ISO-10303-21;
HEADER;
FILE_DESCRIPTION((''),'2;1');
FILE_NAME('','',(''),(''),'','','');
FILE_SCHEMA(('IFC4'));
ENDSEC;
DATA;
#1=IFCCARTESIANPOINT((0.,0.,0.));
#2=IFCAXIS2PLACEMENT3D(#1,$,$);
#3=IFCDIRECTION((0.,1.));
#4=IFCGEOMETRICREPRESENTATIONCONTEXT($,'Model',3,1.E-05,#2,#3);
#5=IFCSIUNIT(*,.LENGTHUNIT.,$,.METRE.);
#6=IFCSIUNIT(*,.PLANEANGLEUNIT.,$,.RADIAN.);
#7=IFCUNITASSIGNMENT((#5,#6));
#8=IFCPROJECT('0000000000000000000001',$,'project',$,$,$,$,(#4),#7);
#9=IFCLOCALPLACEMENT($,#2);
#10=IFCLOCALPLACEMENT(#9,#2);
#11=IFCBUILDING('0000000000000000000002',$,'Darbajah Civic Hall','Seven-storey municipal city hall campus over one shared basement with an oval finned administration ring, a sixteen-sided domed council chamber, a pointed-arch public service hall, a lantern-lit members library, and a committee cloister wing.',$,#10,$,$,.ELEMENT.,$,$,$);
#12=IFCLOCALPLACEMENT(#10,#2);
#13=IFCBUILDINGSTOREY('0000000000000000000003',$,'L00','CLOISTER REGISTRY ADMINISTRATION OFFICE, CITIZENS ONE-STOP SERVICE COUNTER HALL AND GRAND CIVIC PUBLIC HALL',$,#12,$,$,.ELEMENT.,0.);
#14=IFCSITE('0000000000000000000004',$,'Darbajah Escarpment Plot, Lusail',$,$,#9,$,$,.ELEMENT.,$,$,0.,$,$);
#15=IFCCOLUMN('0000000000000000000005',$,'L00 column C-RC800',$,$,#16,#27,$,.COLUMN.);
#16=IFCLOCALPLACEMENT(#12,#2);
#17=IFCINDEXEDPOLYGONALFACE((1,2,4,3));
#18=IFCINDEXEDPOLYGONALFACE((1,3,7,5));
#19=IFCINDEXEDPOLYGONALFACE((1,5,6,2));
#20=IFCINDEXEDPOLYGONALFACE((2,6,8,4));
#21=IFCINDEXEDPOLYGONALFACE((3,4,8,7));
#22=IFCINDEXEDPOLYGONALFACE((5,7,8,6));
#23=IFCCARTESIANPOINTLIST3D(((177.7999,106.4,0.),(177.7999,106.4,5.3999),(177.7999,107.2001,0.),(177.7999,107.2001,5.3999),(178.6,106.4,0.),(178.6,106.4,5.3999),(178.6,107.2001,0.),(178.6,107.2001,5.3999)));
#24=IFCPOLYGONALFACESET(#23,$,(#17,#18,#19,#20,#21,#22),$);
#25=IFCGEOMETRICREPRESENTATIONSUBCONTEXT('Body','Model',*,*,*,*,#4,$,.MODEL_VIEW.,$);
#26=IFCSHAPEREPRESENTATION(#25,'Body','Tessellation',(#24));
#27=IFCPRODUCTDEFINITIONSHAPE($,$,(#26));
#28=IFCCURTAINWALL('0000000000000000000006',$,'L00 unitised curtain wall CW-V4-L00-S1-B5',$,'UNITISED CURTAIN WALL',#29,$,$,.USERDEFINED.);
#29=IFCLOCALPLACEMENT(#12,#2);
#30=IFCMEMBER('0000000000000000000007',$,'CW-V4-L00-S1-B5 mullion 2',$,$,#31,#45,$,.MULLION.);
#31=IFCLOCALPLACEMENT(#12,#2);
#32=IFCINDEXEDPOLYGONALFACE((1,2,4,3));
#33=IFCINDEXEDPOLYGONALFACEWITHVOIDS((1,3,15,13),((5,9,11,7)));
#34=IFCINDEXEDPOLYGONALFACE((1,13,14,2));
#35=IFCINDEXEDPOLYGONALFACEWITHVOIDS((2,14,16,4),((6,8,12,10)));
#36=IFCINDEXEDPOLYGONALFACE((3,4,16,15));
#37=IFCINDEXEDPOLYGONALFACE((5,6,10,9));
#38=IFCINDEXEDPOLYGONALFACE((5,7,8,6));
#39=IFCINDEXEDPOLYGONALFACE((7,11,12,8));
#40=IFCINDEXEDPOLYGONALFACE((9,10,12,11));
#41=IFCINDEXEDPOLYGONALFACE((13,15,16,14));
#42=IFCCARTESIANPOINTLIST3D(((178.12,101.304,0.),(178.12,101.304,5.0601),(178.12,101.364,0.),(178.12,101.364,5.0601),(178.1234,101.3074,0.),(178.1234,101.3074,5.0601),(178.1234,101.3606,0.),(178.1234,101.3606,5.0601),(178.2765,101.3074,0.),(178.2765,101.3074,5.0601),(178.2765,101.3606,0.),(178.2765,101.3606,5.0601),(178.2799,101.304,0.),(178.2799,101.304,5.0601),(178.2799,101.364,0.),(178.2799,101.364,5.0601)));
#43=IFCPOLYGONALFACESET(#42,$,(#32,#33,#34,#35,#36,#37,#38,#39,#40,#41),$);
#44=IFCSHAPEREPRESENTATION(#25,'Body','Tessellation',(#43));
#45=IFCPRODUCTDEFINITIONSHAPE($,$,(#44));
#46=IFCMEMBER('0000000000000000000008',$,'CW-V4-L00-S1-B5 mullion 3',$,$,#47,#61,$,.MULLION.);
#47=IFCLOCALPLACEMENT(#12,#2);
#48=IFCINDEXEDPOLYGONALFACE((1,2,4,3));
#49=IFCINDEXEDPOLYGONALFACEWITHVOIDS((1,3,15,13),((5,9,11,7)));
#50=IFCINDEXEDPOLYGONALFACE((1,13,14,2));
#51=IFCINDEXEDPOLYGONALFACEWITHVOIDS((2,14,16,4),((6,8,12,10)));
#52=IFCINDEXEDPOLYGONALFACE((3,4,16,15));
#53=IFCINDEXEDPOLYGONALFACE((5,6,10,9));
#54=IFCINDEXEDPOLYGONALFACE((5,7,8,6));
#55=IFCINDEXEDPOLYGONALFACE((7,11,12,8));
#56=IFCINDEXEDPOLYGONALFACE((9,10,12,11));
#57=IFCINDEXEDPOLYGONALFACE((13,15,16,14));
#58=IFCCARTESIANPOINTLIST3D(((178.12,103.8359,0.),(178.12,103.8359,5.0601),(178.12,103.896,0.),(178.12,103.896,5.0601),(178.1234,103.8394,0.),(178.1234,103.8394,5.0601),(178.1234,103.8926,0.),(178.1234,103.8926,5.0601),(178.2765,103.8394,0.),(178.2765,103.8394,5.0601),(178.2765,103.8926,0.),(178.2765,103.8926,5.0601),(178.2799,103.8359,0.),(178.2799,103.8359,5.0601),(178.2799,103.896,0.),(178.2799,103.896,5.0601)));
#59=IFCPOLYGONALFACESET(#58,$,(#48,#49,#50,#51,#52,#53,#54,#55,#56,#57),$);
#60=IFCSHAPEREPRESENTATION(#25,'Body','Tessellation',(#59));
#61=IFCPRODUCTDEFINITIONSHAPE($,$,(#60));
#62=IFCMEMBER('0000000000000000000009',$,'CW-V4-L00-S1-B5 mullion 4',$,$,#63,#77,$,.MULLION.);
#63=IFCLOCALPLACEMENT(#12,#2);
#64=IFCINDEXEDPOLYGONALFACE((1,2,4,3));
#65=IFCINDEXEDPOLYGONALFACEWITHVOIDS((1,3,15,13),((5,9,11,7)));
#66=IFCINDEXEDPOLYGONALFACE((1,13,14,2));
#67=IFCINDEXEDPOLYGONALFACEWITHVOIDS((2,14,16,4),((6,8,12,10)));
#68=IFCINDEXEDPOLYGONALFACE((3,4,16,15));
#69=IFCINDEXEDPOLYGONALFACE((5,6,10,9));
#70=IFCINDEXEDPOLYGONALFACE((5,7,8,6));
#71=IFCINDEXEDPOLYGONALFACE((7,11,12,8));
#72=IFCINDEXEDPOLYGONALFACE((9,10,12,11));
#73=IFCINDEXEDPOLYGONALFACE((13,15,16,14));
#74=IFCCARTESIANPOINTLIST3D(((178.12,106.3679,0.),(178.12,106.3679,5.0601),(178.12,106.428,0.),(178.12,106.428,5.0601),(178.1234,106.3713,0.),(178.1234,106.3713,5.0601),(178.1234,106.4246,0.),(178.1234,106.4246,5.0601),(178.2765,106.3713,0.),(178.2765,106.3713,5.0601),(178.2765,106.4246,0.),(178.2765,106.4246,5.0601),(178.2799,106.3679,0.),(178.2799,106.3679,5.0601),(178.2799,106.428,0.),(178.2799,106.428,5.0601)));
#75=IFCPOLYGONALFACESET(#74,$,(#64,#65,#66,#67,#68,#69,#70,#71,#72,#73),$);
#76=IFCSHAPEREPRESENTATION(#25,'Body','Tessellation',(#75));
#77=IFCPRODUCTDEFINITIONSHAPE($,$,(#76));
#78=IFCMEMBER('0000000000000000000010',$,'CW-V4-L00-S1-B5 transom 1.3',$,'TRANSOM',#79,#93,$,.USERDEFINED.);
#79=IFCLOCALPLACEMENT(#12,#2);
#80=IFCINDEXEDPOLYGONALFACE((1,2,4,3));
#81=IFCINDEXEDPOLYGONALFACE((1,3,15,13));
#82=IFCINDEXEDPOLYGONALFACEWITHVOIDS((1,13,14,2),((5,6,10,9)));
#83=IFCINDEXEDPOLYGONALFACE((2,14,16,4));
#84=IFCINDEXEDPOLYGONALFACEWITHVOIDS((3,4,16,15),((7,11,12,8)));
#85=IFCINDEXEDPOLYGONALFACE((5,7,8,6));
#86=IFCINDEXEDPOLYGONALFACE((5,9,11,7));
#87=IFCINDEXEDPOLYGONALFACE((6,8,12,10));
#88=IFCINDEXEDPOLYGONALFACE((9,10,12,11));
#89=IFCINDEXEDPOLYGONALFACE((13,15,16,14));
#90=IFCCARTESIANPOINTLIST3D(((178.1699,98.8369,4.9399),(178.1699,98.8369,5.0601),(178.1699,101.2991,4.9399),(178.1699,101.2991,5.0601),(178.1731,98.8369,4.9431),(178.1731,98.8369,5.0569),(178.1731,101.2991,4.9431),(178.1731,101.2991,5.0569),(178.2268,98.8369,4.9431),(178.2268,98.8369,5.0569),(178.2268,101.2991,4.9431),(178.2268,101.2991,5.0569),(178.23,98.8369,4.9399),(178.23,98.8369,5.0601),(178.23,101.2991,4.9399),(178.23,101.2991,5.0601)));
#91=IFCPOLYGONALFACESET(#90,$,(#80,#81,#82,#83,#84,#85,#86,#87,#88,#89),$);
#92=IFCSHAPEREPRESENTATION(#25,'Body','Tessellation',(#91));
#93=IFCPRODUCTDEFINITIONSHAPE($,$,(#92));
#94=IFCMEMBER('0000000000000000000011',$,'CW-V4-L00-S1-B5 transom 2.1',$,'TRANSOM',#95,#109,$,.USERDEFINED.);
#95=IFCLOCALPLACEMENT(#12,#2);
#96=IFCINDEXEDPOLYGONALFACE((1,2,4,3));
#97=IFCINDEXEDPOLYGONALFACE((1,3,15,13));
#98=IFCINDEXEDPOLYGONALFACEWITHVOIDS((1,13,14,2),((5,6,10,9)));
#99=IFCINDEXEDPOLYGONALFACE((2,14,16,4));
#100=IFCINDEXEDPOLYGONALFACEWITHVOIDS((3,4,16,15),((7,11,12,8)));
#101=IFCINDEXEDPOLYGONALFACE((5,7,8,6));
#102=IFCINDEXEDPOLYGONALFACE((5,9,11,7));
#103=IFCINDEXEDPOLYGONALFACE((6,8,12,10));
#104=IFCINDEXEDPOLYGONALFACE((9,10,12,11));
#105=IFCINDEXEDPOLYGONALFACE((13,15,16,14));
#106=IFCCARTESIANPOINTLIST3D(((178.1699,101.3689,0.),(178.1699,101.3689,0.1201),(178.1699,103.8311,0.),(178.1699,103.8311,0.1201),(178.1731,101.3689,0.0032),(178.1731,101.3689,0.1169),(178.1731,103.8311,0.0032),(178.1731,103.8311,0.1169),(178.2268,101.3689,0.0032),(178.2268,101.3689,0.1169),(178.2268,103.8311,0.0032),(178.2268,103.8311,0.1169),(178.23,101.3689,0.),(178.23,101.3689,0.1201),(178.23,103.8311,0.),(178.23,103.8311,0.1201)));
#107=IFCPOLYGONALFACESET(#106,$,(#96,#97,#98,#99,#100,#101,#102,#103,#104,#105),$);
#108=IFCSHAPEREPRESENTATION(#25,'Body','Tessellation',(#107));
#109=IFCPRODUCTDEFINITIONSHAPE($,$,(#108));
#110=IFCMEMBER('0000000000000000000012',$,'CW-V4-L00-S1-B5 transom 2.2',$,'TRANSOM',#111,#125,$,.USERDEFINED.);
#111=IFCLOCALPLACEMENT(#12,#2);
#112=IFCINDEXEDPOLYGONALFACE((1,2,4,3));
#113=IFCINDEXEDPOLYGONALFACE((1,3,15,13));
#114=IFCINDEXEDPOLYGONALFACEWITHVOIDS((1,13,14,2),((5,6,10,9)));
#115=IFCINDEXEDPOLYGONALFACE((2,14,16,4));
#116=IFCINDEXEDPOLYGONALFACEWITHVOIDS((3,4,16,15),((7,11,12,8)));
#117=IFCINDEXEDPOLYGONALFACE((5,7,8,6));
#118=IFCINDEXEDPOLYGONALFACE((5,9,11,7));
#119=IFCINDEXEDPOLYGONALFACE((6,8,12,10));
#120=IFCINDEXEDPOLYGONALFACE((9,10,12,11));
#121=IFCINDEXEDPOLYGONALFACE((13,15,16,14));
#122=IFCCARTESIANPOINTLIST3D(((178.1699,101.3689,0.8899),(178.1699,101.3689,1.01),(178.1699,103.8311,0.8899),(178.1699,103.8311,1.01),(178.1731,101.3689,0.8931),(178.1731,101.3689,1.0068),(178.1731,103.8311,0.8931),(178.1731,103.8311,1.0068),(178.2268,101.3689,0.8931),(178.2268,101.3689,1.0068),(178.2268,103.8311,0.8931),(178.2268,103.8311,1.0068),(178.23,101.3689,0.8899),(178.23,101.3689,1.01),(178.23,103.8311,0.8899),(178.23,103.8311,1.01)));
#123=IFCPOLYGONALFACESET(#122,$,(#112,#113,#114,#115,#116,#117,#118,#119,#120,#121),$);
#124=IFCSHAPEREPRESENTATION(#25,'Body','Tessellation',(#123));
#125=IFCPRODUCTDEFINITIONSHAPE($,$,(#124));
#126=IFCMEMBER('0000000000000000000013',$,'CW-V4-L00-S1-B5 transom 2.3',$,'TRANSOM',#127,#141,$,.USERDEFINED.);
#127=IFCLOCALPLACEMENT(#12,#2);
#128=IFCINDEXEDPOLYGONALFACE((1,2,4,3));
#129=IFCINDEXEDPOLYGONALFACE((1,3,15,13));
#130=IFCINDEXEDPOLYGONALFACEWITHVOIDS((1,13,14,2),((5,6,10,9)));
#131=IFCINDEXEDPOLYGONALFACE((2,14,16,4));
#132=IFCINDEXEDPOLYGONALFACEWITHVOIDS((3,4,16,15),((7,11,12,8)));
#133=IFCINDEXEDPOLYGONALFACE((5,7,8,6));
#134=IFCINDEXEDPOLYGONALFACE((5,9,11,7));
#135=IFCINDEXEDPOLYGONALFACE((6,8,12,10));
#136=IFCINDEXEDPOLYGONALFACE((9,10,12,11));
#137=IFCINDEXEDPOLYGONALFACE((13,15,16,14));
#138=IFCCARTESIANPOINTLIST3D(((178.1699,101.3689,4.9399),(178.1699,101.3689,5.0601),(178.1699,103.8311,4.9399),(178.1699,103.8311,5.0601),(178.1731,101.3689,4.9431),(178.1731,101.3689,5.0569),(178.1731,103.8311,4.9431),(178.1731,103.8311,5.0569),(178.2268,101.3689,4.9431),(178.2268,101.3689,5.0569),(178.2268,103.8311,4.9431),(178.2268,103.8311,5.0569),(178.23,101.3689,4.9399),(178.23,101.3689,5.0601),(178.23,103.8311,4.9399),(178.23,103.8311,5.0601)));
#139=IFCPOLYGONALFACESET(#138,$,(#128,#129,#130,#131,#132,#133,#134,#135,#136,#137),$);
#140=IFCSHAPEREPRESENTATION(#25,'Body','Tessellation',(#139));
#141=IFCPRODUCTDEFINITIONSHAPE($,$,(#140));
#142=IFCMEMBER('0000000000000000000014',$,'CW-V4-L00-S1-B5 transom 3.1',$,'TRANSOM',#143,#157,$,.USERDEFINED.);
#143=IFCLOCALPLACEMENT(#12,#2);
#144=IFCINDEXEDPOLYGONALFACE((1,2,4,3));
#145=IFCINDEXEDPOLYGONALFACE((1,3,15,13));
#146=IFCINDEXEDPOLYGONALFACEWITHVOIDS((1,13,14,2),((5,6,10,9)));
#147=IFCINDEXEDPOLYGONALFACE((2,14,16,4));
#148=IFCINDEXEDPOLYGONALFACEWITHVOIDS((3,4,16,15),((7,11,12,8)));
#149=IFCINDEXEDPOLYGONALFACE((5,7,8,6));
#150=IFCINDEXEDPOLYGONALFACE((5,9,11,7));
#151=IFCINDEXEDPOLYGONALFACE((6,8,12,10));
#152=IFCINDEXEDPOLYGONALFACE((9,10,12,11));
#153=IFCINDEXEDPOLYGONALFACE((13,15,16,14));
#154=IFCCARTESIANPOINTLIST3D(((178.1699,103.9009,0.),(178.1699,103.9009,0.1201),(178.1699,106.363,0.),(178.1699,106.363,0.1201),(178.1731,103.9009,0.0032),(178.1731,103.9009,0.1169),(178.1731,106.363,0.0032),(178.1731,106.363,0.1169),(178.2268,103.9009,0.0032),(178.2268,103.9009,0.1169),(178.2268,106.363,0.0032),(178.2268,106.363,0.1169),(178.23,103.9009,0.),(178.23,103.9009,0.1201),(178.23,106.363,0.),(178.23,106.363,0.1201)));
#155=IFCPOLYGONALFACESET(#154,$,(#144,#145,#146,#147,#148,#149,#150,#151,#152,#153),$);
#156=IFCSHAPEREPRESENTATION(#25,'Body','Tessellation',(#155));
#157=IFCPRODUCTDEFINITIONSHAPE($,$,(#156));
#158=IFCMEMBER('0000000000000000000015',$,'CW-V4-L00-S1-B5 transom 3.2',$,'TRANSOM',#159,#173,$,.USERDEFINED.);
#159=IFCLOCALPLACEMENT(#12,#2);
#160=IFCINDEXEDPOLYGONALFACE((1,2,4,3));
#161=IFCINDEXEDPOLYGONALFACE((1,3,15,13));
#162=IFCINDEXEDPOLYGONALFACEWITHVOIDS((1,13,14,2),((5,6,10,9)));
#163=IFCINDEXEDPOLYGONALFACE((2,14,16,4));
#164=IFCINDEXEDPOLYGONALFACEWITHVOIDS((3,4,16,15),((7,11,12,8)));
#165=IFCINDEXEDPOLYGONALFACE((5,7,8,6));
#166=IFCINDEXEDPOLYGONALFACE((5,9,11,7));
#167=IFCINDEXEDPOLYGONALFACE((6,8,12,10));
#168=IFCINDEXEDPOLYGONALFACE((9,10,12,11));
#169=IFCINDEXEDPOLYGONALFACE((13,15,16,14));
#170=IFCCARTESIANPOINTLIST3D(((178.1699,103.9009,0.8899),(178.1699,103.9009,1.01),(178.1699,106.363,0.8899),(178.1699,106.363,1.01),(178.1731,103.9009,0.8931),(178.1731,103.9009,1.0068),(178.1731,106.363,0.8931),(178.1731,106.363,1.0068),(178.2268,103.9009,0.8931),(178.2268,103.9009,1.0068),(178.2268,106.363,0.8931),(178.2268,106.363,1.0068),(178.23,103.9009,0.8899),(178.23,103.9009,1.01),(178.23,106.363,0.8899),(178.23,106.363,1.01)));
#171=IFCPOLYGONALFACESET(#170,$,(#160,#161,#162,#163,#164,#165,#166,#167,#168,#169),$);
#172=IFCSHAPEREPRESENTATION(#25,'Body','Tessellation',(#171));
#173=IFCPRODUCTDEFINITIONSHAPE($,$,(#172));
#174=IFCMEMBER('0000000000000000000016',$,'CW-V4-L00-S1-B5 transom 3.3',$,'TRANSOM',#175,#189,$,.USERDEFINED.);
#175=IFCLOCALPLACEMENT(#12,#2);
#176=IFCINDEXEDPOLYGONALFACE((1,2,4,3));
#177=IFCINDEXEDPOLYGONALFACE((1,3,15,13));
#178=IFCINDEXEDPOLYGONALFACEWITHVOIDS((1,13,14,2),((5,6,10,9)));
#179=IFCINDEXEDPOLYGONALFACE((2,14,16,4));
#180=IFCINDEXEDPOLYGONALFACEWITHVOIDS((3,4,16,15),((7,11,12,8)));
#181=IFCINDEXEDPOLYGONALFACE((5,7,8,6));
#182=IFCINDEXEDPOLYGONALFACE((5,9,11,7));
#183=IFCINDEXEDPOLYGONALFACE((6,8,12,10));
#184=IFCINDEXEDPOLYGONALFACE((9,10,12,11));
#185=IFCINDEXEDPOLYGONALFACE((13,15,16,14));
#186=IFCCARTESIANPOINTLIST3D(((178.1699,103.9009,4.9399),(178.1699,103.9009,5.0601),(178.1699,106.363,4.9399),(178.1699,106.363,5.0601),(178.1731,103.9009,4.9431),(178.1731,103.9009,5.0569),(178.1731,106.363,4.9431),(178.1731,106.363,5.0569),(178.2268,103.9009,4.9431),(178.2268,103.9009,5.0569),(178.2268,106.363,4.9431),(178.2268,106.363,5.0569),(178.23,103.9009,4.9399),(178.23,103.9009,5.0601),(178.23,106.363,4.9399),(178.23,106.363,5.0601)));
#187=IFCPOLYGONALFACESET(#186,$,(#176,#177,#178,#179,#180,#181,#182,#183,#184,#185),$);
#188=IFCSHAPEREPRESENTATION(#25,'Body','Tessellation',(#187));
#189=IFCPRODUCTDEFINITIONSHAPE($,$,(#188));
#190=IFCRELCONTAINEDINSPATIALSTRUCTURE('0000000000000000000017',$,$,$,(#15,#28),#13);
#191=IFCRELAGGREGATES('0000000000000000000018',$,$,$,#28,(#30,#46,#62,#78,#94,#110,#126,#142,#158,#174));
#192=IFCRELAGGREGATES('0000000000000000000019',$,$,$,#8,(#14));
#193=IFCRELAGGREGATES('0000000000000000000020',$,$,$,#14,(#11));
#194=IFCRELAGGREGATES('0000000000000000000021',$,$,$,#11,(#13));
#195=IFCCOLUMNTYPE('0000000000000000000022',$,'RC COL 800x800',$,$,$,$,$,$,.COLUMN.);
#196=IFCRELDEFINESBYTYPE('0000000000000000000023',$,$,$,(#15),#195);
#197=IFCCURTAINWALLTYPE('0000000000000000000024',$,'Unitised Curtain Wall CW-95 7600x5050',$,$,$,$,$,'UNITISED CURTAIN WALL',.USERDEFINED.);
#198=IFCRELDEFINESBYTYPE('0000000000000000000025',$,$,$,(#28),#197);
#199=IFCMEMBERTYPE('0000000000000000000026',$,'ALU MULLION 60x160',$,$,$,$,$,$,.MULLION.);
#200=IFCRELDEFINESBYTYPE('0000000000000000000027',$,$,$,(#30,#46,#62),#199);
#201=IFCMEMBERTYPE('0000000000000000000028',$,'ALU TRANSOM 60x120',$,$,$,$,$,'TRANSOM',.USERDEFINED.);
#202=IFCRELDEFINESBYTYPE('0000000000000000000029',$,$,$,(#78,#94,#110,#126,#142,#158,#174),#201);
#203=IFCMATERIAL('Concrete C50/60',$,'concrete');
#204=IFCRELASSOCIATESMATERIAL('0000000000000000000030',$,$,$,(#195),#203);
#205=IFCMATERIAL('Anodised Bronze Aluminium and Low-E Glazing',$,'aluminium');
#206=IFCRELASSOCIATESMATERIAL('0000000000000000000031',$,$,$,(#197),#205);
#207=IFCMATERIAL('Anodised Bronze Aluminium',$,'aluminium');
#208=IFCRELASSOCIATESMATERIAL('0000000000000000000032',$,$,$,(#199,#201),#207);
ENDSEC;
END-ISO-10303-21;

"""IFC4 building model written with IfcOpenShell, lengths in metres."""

from ifc_helpers import new_model, si_unit, direction, frame, origin, origin_2d, place, context, subcontext, project, spatial, rectangle, hollow_rectangle, extrude, material, material_profile, profile_set, type_object, element, aggregate, save


model = new_model("IFC4")

# Units and contexts
model_context = context("Model", 3, precision=1e-05, world=origin(), true_north=direction((0.0, 1.0)))
body_context = subcontext(model_context, "Body", "Model", "MODEL_VIEW")
ifc_project = project(units=[si_unit("LENGTHUNIT", "METRE"), si_unit("PLANEANGLEUNIT", "RADIAN")], contexts=[model_context])

# Site, building, storey
site_placement = place(None, origin())
site = spatial("IfcSite", under=ifc_project, at=site_placement, Name="Darbajah Escarpment Plot, Lusail", CompositionType="ELEMENT", RefElevation=0.0)
building_placement = place(site_placement, origin())
building = spatial("IfcBuilding", under=site, at=building_placement, Name="Darbajah Civic Hall", Description="Seven-storey municipal city hall campus over one shared basement with an oval finned administration ring, a sixteen-sided domed council chamber, a pointed-arch public service hall, a lantern-lit members library, and a committee cloister wing.", CompositionType="ELEMENT")
storey_placement = place(building_placement, origin())
storey = spatial("IfcBuildingStorey", under=building, at=storey_placement, Name="L00", Description="CLOISTER REGISTRY ADMINISTRATION OFFICE, CITIZENS ONE-STOP SERVICE COUNTER HALL AND GRAND CIVIC PUBLIC HALL", CompositionType="ELEMENT", Elevation=0.0)

# Column
ifc_material_1 = material(Name="Concrete C50/60", Category="concrete")
ifc_material_profile_1 = material_profile(ifc_material_1, rectangle(XDim=0.8, YDim=0.8, at=origin_2d()), Name="RC COL 800x800")
ifc_profile_set_1 = profile_set([ifc_material_profile_1], Name="Concrete C50/60")
column_type = type_object("IfcColumnType", Name="RC COL 800x800", PredefinedType="COLUMN", material=ifc_profile_set_1)
column_placement = place(storey_placement, frame((178.2, 106.8, 0.0), z_axis=(0.0, 0.0, 1.0), x_axis=(1.0, 0.0, 0.0)))
element("IfcColumn", 1, at=column_placement, inside=storey, type_object=column_type, Name="L00 column C-RC800", PredefinedType="COLUMN", context=body_context, shape_type="SweptSolid", body=[
    extrude(rectangle(XDim=0.8, YDim=0.8, at=origin_2d()), origin(), (0.0, 0.0, 1.0), 5.3999),
])

# Curtain wall, members
ifc_material_2 = material(Name="Anodised Bronze Aluminium and Low-E Glazing", Category="aluminium")
curtain_wall_type = type_object("IfcCurtainWallType", Name="Unitised Curtain Wall CW-95 7600x5050", ElementType="UNITISED CURTAIN WALL", PredefinedType="USERDEFINED", material=ifc_material_2)
curtain_wall_placement = place(storey_placement, origin())
curtain_wall = element("IfcCurtainWall", 2, at=curtain_wall_placement, inside=storey, type_object=curtain_wall_type, Name="L00 unitised curtain wall CW-V4-L00-S1-B5", ObjectType="UNITISED CURTAIN WALL", PredefinedType="USERDEFINED")
ifc_material_3 = material(Name="Anodised Bronze Aluminium", Category="aluminium")
ifc_material_profile_2 = material_profile(ifc_material_3, hollow_rectangle(XDim=0.0601, YDim=0.1599, WallThickness=0.0034, at=origin_2d()), Name="ALU MULLION 60x160")
ifc_profile_set_2 = profile_set([ifc_material_profile_2], Name="Anodised Bronze Aluminium")
member_type_1 = type_object("IfcMemberType", Name="ALU MULLION 60x160", PredefinedType="MULLION", material=ifc_profile_set_2)
member_1_placement = place(storey_placement, frame((178.2, 101.334, 0.0), z_axis=(0.0, 0.0, 1.0), x_axis=(0.0, 1.0, 0.0)))
member_1 = element("IfcMember", 3, at=member_1_placement, type_object=member_type_1, Name="CW-V4-L00-S1-B5 mullion 2", PredefinedType="MULLION", context=body_context, shape_type="SweptSolid", body=[
    extrude(hollow_rectangle(XDim=0.0601, YDim=0.1599, WallThickness=0.0034, at=origin_2d()), origin(), (0.0, 0.0, 1.0), 5.0601),
])
member_2_placement = place(storey_placement, frame((178.2, 103.866, 0.0), z_axis=(0.0, 0.0, 1.0), x_axis=(0.0, 1.0, 0.0)))
member_2 = element("IfcMember", 4, at=member_2_placement, type_object=member_type_1, Name="CW-V4-L00-S1-B5 mullion 3", PredefinedType="MULLION", context=body_context, shape_type="SweptSolid", body=[
    extrude(hollow_rectangle(XDim=0.0601, YDim=0.1599, WallThickness=0.0034, at=origin_2d()), origin(), (0.0, 0.0, 1.0), 5.0601),
])
member_3_placement = place(storey_placement, frame((178.2, 106.3979, 0.0), z_axis=(0.0, 0.0, 1.0), x_axis=(0.0, 1.0, 0.0)))
member_3 = element("IfcMember", 5, at=member_3_placement, type_object=member_type_1, Name="CW-V4-L00-S1-B5 mullion 4", PredefinedType="MULLION", context=body_context, shape_type="SweptSolid", body=[
    extrude(hollow_rectangle(XDim=0.0601, YDim=0.1599, WallThickness=0.0034, at=origin_2d()), origin(), (0.0, 0.0, 1.0), 5.0601),
])
ifc_material_profile_3 = material_profile(ifc_material_3, hollow_rectangle(XDim=0.0601, YDim=0.1201, WallThickness=0.0032, at=origin_2d()), Name="ALU TRANSOM 60x120")
ifc_profile_set_3 = profile_set([ifc_material_profile_3], Name="Anodised Bronze Aluminium")
member_type_2 = type_object("IfcMemberType", Name="ALU TRANSOM 60x120", ElementType="TRANSOM", PredefinedType="USERDEFINED", material=ifc_profile_set_3)
member_4_placement = place(storey_placement, frame((178.2, 98.8369, 5.0), z_axis=(0.0, 1.0, 0.0), x_axis=(-1.0, 0.0, 0.0)))
member_4 = element("IfcMember", 6, at=member_4_placement, type_object=member_type_2, Name="CW-V4-L00-S1-B5 transom 1.3", ObjectType="TRANSOM", PredefinedType="USERDEFINED", context=body_context, shape_type="SweptSolid", body=[
    extrude(hollow_rectangle(XDim=0.0601, YDim=0.1201, WallThickness=0.0032, at=origin_2d()), origin(), (0.0, 0.0, 1.0), 2.4622),
])
member_5_placement = place(storey_placement, frame((178.2, 101.3689, 0.0601), z_axis=(0.0, 1.0, 0.0), x_axis=(-1.0, 0.0, 0.0)))
member_5 = element("IfcMember", 7, at=member_5_placement, type_object=member_type_2, Name="CW-V4-L00-S1-B5 transom 2.1", ObjectType="TRANSOM", PredefinedType="USERDEFINED", context=body_context, shape_type="SweptSolid", body=[
    extrude(hollow_rectangle(XDim=0.0601, YDim=0.1201, WallThickness=0.0032, at=origin_2d()), origin(), (0.0, 0.0, 1.0), 2.4622),
])
member_6_placement = place(storey_placement, frame((178.2, 101.3689, 0.95), z_axis=(0.0, 1.0, 0.0), x_axis=(-1.0, 0.0, 0.0)))
member_6 = element("IfcMember", 8, at=member_6_placement, type_object=member_type_2, Name="CW-V4-L00-S1-B5 transom 2.2", ObjectType="TRANSOM", PredefinedType="USERDEFINED", context=body_context, shape_type="SweptSolid", body=[
    extrude(hollow_rectangle(XDim=0.0601, YDim=0.1201, WallThickness=0.0032, at=origin_2d()), origin(), (0.0, 0.0, 1.0), 2.4622),
])
member_7_placement = place(storey_placement, frame((178.2, 101.3689, 5.0), z_axis=(0.0, 1.0, 0.0), x_axis=(-1.0, 0.0, 0.0)))
member_7 = element("IfcMember", 9, at=member_7_placement, type_object=member_type_2, Name="CW-V4-L00-S1-B5 transom 2.3", ObjectType="TRANSOM", PredefinedType="USERDEFINED", context=body_context, shape_type="SweptSolid", body=[
    extrude(hollow_rectangle(XDim=0.0601, YDim=0.1201, WallThickness=0.0032, at=origin_2d()), origin(), (0.0, 0.0, 1.0), 2.4622),
])
member_8_placement = place(storey_placement, frame((178.2, 103.9009, 0.0601), z_axis=(0.0, 1.0, 0.0), x_axis=(-1.0, 0.0, 0.0)))
member_8 = element("IfcMember", 10, at=member_8_placement, type_object=member_type_2, Name="CW-V4-L00-S1-B5 transom 3.1", ObjectType="TRANSOM", PredefinedType="USERDEFINED", context=body_context, shape_type="SweptSolid", body=[
    extrude(hollow_rectangle(XDim=0.0601, YDim=0.1201, WallThickness=0.0032, at=origin_2d()), origin(), (0.0, 0.0, 1.0), 2.4622),
])
member_9_placement = place(storey_placement, frame((178.2, 103.9009, 0.95), z_axis=(0.0, 1.0, 0.0), x_axis=(-1.0, 0.0, 0.0)))
member_9 = element("IfcMember", 11, at=member_9_placement, type_object=member_type_2, Name="CW-V4-L00-S1-B5 transom 3.2", ObjectType="TRANSOM", PredefinedType="USERDEFINED", context=body_context, shape_type="SweptSolid", body=[
    extrude(hollow_rectangle(XDim=0.0601, YDim=0.1201, WallThickness=0.0032, at=origin_2d()), origin(), (0.0, 0.0, 1.0), 2.4622),
])
member_10_placement = place(storey_placement, frame((178.2, 103.9009, 5.0), z_axis=(0.0, 1.0, 0.0), x_axis=(-1.0, 0.0, 0.0)))
member_10 = element("IfcMember", 12, at=member_10_placement, type_object=member_type_2, Name="CW-V4-L00-S1-B5 transom 3.3", ObjectType="TRANSOM", PredefinedType="USERDEFINED", context=body_context, shape_type="SweptSolid", body=[
    extrude(hollow_rectangle(XDim=0.0601, YDim=0.1201, WallThickness=0.0032, at=origin_2d()), origin(), (0.0, 0.0, 1.0), 2.4622),
])

aggregate(curtain_wall, [member_1, member_2, member_3, member_4, member_5, member_6, member_7, member_8, member_9, member_10])

save(model, "model.ifc")
